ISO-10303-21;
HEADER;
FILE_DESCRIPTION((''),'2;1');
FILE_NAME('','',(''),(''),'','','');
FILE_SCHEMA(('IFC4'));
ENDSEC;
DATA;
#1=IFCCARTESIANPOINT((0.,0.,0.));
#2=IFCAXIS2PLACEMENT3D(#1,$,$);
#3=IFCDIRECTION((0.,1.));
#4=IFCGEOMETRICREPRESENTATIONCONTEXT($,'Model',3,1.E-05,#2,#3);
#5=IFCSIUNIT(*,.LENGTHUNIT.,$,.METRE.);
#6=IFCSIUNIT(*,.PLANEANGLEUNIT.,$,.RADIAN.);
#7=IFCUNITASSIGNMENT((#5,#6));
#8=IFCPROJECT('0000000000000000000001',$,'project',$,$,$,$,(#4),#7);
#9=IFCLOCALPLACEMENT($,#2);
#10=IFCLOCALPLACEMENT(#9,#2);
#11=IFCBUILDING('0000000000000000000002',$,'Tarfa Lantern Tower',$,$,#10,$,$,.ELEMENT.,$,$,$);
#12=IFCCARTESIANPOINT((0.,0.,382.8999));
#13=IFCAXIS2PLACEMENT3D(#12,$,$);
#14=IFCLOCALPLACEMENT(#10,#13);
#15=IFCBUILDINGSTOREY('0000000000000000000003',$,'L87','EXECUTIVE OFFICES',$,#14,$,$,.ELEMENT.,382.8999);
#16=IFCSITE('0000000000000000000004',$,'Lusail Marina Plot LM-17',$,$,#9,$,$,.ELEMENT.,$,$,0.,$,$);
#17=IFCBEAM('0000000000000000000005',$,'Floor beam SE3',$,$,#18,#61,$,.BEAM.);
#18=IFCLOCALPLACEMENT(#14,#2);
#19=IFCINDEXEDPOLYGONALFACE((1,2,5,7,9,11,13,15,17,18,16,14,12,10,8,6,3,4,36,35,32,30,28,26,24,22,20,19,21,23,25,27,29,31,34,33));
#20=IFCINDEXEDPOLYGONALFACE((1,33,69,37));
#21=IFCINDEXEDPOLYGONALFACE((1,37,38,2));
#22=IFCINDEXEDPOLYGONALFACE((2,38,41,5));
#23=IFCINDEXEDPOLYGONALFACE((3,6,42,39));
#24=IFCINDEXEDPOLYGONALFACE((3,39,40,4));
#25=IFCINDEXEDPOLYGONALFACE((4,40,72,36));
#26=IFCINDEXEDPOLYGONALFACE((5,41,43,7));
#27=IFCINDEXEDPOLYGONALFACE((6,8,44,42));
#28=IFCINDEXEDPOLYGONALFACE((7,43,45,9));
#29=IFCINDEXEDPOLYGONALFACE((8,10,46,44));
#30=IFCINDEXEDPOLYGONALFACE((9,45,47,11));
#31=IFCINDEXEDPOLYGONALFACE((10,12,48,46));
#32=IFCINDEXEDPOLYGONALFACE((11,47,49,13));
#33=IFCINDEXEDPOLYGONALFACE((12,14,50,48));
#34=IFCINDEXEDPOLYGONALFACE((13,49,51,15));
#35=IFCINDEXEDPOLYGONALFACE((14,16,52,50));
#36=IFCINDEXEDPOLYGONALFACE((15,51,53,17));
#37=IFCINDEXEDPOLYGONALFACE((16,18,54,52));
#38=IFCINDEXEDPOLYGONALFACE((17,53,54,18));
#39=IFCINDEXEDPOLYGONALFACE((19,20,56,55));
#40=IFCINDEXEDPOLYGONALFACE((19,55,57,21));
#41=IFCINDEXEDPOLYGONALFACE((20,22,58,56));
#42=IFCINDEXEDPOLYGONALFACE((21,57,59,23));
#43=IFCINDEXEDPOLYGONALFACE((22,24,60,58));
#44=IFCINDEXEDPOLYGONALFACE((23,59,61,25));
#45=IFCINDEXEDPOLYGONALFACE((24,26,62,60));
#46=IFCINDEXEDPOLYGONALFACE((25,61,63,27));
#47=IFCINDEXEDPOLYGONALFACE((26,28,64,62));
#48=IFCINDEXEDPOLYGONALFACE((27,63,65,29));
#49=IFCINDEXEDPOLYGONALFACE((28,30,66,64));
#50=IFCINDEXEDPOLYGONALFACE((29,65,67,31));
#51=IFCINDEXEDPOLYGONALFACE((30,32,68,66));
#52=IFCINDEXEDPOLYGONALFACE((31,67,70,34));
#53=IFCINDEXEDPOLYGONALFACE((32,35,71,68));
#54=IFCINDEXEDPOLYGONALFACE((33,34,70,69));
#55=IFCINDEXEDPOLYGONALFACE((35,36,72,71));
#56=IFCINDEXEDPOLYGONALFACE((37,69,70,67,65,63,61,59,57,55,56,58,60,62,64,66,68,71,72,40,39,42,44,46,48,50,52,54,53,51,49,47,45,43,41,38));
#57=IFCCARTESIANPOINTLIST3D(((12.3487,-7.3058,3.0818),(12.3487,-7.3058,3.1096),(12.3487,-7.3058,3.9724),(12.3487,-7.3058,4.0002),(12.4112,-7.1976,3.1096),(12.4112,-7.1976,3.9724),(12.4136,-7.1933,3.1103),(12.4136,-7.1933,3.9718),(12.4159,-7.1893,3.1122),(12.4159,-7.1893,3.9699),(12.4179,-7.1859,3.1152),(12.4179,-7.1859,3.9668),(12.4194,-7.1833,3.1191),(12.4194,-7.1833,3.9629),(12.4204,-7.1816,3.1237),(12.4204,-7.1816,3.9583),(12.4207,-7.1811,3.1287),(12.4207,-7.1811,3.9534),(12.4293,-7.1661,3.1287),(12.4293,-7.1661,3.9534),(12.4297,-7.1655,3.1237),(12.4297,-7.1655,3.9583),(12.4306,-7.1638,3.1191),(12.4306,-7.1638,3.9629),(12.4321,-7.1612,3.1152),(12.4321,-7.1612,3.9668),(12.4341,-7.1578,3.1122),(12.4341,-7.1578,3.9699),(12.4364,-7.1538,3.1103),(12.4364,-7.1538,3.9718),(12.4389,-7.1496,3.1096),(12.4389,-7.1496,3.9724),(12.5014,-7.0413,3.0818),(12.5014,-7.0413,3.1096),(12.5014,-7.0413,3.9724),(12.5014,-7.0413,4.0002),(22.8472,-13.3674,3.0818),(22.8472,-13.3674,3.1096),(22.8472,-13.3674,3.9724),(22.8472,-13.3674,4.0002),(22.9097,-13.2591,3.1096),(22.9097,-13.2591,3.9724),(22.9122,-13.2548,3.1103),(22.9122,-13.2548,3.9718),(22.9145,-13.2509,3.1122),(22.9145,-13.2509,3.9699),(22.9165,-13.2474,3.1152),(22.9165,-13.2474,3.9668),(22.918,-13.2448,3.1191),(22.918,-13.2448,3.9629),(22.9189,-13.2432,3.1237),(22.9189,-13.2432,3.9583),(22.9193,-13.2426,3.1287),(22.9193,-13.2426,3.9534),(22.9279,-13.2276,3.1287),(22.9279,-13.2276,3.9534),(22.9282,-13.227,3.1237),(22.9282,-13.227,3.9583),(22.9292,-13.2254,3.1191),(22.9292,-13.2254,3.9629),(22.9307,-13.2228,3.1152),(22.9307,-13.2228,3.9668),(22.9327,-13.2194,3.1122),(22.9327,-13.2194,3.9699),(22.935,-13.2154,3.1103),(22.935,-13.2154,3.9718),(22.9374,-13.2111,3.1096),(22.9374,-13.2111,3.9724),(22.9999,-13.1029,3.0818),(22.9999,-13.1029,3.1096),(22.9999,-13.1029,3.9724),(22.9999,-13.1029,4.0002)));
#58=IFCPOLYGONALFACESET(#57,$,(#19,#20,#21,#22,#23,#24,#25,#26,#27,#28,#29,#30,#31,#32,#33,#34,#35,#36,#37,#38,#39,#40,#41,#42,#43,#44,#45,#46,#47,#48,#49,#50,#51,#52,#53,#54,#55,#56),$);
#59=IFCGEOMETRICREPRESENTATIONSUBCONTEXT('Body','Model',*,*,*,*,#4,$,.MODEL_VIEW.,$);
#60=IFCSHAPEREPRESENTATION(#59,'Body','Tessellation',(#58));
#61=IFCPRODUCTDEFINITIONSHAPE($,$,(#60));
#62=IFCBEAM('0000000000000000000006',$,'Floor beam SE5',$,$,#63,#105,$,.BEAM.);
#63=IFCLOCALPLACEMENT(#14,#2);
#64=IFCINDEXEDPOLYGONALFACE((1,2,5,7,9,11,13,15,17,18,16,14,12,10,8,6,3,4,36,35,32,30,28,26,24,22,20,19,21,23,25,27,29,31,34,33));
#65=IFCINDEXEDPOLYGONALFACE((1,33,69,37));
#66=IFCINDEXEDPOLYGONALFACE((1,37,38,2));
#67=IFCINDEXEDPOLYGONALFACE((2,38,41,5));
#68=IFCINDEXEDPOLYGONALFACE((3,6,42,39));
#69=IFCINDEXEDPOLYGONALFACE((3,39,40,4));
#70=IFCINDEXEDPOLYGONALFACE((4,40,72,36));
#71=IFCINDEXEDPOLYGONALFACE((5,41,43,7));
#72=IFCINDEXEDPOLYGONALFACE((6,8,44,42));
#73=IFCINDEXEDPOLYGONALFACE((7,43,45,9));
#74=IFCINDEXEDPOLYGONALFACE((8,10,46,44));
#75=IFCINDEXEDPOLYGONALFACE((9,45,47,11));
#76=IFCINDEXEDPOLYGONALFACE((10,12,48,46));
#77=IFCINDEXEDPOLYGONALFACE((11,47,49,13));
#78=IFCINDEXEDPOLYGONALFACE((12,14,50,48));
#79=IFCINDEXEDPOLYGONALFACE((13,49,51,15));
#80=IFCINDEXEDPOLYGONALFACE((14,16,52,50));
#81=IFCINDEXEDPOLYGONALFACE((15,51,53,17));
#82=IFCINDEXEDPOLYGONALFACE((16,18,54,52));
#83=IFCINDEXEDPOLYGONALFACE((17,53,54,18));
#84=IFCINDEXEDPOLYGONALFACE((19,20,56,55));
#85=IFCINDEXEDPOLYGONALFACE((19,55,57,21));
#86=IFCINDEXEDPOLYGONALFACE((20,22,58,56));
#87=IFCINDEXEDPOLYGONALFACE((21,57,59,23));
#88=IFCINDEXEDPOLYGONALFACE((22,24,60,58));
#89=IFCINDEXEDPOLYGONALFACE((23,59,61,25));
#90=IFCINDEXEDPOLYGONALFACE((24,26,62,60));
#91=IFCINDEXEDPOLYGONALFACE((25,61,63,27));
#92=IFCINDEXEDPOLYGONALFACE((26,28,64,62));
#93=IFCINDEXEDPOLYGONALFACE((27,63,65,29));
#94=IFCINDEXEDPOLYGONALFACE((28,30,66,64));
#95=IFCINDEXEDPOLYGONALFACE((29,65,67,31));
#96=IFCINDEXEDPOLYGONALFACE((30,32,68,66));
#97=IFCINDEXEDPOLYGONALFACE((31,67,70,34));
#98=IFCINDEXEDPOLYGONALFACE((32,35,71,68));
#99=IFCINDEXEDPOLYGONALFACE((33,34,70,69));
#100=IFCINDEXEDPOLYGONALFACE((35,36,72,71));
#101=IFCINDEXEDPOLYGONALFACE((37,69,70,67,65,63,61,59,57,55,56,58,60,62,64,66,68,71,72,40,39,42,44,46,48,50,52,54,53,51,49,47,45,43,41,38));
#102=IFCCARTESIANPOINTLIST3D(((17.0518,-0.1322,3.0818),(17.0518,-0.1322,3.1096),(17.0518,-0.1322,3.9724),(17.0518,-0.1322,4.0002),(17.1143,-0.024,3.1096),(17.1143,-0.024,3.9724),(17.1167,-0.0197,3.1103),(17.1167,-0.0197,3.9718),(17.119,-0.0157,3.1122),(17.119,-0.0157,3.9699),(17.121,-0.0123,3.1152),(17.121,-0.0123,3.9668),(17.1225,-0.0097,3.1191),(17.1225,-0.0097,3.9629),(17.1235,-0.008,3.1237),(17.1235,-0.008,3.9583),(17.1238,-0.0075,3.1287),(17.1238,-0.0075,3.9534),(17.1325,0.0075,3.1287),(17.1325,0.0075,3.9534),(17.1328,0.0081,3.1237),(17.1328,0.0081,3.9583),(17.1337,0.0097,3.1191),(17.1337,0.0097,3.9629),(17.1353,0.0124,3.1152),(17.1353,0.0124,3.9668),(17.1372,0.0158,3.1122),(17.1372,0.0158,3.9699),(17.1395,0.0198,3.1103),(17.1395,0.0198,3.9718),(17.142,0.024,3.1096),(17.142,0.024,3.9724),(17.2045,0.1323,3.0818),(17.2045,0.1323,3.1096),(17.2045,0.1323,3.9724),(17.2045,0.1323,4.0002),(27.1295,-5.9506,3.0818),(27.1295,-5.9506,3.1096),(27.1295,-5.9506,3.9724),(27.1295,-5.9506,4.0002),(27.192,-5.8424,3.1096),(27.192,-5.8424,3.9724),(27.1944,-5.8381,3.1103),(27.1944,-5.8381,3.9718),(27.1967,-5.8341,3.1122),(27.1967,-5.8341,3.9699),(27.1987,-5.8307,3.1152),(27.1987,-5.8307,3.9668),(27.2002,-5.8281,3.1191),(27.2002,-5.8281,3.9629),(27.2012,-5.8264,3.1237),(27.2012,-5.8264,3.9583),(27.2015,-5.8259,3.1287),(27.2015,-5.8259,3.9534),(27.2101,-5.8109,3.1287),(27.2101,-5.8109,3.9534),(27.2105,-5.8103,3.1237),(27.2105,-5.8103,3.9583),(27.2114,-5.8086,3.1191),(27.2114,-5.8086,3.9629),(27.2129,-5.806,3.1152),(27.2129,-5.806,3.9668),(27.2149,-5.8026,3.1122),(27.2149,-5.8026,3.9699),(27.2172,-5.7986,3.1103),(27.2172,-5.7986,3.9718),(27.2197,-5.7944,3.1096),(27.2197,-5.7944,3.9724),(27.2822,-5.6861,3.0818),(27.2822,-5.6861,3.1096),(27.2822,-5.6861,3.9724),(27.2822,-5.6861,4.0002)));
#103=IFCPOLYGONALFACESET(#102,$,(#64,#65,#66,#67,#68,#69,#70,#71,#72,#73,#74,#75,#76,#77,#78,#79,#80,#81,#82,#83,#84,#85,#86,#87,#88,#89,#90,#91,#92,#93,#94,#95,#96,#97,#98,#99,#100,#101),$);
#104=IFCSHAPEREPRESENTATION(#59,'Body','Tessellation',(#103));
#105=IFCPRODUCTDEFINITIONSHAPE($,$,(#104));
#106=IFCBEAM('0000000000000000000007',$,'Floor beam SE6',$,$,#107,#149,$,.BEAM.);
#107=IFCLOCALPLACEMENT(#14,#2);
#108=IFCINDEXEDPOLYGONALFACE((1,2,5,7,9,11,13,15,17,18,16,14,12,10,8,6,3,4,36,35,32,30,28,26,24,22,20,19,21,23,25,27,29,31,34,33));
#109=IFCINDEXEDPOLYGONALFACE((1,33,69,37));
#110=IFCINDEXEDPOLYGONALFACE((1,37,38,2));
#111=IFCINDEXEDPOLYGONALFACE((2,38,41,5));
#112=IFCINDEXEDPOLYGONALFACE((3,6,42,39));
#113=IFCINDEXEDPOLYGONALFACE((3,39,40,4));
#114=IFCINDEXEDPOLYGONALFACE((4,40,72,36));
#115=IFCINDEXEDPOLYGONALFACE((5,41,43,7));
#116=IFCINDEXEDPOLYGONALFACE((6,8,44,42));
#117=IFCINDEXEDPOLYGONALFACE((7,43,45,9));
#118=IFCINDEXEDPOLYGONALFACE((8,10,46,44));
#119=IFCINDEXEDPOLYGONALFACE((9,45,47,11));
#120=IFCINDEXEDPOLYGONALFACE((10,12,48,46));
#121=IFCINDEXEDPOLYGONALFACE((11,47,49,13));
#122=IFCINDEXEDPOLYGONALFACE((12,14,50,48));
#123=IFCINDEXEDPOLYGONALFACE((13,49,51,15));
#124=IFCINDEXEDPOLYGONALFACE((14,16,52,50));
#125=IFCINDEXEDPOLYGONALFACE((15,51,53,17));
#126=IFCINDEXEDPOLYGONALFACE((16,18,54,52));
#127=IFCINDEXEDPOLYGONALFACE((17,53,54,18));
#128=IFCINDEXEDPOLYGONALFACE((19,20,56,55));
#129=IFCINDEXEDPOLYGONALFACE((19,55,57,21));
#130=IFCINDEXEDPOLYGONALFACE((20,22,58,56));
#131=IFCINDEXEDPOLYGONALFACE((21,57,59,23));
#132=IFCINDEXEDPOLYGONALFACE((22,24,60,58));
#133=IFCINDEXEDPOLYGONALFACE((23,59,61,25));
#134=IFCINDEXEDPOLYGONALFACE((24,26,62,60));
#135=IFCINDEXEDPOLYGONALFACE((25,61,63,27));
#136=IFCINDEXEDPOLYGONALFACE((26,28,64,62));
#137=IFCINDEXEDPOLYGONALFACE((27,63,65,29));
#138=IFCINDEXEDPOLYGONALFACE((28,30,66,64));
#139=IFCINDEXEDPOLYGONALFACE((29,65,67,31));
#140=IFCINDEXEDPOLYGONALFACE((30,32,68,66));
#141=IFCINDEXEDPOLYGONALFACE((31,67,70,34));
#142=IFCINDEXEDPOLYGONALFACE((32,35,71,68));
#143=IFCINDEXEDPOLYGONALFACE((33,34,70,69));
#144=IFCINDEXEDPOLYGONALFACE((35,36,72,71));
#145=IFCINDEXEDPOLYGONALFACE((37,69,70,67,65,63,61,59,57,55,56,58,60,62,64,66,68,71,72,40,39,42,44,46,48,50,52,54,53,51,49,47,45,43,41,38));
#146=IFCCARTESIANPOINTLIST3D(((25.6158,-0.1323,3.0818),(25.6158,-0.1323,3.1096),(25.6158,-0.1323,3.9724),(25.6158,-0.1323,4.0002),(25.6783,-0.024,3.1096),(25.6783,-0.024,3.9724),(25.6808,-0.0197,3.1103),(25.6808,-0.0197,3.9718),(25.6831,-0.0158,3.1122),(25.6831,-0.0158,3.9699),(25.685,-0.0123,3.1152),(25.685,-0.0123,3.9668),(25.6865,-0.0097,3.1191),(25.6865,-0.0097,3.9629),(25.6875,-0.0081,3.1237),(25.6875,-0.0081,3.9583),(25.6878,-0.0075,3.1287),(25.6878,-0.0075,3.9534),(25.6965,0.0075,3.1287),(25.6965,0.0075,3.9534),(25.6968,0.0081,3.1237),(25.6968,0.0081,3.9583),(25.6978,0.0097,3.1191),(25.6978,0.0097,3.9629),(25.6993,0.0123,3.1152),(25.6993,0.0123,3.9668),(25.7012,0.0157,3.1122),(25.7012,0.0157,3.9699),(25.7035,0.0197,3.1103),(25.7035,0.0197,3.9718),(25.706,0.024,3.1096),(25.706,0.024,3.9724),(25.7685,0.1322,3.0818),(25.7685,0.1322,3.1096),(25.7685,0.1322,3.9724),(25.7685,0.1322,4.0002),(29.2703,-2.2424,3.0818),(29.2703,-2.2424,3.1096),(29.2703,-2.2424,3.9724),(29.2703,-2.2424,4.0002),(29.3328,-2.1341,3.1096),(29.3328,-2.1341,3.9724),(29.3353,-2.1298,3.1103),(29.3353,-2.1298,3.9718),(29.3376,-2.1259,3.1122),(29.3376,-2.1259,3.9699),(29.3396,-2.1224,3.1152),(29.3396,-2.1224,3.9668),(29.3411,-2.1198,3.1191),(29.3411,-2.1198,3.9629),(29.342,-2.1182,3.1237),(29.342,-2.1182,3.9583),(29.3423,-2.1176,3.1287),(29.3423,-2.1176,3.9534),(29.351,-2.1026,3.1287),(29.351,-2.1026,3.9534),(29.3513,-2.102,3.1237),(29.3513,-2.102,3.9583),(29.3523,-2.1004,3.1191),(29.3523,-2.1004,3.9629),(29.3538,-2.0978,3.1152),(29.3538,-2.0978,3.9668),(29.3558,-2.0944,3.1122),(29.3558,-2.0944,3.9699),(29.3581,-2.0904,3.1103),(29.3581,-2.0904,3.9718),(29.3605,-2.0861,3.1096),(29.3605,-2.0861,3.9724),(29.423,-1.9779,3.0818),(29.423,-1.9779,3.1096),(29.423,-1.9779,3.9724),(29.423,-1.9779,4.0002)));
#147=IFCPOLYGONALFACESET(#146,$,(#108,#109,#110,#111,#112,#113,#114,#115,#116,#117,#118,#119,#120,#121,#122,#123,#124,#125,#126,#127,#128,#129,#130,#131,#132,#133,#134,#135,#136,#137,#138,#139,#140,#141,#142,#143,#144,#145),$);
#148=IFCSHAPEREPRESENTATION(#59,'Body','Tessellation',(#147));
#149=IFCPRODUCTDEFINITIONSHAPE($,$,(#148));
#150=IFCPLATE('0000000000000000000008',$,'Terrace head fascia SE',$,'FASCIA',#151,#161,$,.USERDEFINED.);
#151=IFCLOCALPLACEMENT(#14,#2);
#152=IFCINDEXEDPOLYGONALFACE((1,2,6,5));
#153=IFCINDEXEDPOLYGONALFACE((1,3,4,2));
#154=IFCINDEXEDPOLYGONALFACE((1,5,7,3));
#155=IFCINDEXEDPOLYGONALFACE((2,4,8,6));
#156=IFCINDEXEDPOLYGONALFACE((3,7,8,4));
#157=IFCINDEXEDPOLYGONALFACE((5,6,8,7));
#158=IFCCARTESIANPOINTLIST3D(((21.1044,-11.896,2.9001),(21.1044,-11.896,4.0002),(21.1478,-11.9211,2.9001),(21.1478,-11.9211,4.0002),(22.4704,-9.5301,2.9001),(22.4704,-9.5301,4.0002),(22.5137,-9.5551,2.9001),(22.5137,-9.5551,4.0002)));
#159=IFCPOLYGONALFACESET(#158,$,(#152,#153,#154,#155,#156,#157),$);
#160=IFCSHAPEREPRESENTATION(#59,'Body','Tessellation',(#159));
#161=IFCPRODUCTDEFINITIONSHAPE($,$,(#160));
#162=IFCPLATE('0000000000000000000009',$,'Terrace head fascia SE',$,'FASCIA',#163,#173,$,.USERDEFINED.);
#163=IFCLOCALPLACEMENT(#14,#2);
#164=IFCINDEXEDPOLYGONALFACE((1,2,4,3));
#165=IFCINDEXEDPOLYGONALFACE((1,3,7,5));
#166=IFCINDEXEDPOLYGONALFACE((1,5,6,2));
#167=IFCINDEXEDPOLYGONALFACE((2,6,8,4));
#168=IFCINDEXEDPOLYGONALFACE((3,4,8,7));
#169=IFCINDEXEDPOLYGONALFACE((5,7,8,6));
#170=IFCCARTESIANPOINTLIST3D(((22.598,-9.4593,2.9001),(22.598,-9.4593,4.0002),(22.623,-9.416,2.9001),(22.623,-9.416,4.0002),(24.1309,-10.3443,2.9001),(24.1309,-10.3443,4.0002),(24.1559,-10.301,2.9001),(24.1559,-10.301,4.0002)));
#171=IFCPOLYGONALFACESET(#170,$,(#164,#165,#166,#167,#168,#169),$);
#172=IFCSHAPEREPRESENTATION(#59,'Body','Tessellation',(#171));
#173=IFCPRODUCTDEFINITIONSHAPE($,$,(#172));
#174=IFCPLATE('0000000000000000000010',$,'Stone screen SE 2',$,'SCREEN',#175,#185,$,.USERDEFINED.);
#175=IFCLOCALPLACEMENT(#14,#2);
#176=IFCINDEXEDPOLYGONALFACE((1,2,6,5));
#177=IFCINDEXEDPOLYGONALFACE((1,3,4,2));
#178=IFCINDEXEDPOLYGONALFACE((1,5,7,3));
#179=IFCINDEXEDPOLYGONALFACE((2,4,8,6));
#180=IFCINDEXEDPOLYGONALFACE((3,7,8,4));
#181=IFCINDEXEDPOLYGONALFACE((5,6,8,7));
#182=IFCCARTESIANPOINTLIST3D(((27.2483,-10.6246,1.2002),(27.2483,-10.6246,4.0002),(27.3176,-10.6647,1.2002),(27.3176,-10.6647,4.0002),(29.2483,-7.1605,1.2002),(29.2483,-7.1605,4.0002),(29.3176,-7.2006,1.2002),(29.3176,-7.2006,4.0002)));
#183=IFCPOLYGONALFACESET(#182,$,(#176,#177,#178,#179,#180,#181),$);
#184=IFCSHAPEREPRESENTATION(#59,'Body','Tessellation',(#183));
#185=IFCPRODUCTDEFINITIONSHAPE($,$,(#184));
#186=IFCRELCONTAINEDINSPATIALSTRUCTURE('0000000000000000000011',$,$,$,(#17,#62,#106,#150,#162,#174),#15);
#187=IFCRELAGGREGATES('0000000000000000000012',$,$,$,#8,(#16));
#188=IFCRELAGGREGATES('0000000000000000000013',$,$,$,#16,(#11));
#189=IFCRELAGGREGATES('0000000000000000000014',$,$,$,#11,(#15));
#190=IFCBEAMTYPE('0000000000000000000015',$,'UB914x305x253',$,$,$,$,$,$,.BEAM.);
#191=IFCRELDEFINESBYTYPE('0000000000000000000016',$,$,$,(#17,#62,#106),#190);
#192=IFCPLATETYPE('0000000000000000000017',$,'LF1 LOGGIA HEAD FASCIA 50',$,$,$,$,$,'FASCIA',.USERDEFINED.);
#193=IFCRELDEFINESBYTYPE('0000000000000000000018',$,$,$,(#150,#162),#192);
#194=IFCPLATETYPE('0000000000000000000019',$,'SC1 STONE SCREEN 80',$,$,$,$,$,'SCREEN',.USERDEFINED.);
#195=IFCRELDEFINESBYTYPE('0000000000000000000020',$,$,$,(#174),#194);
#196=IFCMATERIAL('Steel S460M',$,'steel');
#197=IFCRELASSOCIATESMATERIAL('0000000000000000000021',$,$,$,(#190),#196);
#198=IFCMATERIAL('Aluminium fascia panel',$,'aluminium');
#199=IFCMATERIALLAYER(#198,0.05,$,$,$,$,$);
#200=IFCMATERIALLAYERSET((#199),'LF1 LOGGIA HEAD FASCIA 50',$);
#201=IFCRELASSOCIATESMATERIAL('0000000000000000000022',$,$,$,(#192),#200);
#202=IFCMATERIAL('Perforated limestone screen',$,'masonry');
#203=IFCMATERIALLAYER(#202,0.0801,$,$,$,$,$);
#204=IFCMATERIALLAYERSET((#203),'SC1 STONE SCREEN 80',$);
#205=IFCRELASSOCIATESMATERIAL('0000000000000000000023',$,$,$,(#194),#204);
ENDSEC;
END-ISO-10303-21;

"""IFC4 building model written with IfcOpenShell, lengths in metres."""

from ifc_helpers import new_model, si_unit, direction, frame, origin, origin_2d, place, context, subcontext, project, spatial, rectangle, i_section, extrude, material, layer, layer_set, material_profile, profile_set, type_object, element, save


model = new_model("IFC4")

# Units and contexts
model_context = context("Model", 3, precision=1e-05, world=origin(), true_north=direction((0.0, 1.0)))
body_context = subcontext(model_context, "Body", "Model", "MODEL_VIEW")
ifc_project = project(units=[si_unit("LENGTHUNIT", "METRE"), si_unit("PLANEANGLEUNIT", "RADIAN")], contexts=[model_context])

# Site, building, storey
site_placement = place(None, origin())
site = spatial("IfcSite", under=ifc_project, at=site_placement, Name="Lusail Marina Plot LM-17", CompositionType="ELEMENT", RefElevation=0.0)
building_placement = place(site_placement, origin())
building = spatial("IfcBuilding", under=site, at=building_placement, Name="Tarfa Lantern Tower", CompositionType="ELEMENT")
storey_placement = place(building_placement, frame((0.0, 0.0, 382.8999)))
storey = spatial("IfcBuildingStorey", under=building, at=storey_placement, Name="L87", Description="EXECUTIVE OFFICES", CompositionType="ELEMENT", Elevation=382.8999)

# Beams
ifc_material_1 = material(Name="Steel S460M", Category="steel")
ifc_material_profile_1 = material_profile(ifc_material_1, i_section(OverallWidth=0.3054, OverallDepth=0.9185, WebThickness=0.0173, FlangeThickness=0.0278, FilletRadius=0.019, at=origin_2d()), Name="UB914x305x253")
ifc_profile_set_1 = profile_set([ifc_material_profile_1], Name="Steel S460M")
beam_type_1 = type_object("IfcBeamType", Name="UB914x305x253", PredefinedType="BEAM", material=ifc_profile_set_1)
beam_1_placement = place(storey_placement, frame((22.9236, -13.2351, 3.541), z_axis=(-0.866019, 0.500012, 0.0), x_axis=(-0.500012, -0.866019, 0.0)))
element("IfcBeam", 1, at=beam_1_placement, inside=storey, type_object=beam_type_1, Name="Floor beam SE3", PredefinedType="BEAM", context=body_context, shape_type="SweptSolid", body=[
    extrude(i_section(OverallWidth=0.3054, OverallDepth=0.9185, WebThickness=0.0173, FlangeThickness=0.0278, FilletRadius=0.019, at=origin_2d()), origin(), (0.0, 0.0, 1.0), 12.1228),
])
beam_2_placement = place(storey_placement, frame((27.2058, -5.8184, 3.541), z_axis=(-0.866024, 0.500002, 0.0), x_axis=(-0.500002, -0.866024, 0.0)))
element("IfcBeam", 2, at=beam_2_placement, inside=storey, type_object=beam_type_1, Name="Floor beam SE5", PredefinedType="BEAM", context=body_context, shape_type="SweptSolid", body=[
    extrude(i_section(OverallWidth=0.3054, OverallDepth=0.9185, WebThickness=0.0173, FlangeThickness=0.0278, FilletRadius=0.019, at=origin_2d()), origin(), (0.0, 0.0, 1.0), 11.6367),
])
beam_3_placement = place(storey_placement, frame((29.3467, -2.1101, 3.541), z_axis=(-0.866009, 0.500028, 0.0), x_axis=(-0.500028, -0.866009, 0.0)))
element("IfcBeam", 3, at=beam_3_placement, inside=storey, type_object=beam_type_1, Name="Floor beam SE6", PredefinedType="BEAM", context=body_context, shape_type="SweptSolid", body=[
    extrude(i_section(OverallWidth=0.3054, OverallDepth=0.9185, WebThickness=0.0173, FlangeThickness=0.0278, FilletRadius=0.019, at=origin_2d()), origin(), (0.0, 0.0, 1.0), 4.22),
])

# Plates
ifc_material_2 = material(Name="Aluminium fascia panel", Category="aluminium")
ifc_layer_1 = layer(ifc_material_2, 0.05)
ifc_layer_set_1 = layer_set([ifc_layer_1], Name="LF1 LOGGIA HEAD FASCIA 50")
plate_type_1 = type_object("IfcPlateType", Name="LF1 LOGGIA HEAD FASCIA 50", ElementType="FASCIA", PredefinedType="USERDEFINED", material=ifc_layer_set_1)
plate_1_placement = place(storey_placement, frame((21.8091, -10.7256, 2.9001), z_axis=(0.0, 0.0, 1.0), x_axis=(0.5, 0.866025, 0.0)))
element("IfcPlate", 4, at=plate_1_placement, inside=storey, type_object=plate_type_1, Name="Terrace head fascia SE", ObjectType="FASCIA", PredefinedType="USERDEFINED", context=body_context, shape_type="SweptSolid", body=[
    extrude(rectangle(XDim=2.7319, YDim=0.05, at=origin_2d()), origin(), (0.0, 0.0, 1.0), 1.1001),
])
plate_2_placement = place(storey_placement, frame((23.377, -9.8801, 2.9001), z_axis=(0.0, 0.0, 1.0), x_axis=(-0.866025, 0.5, 0.0)))
element("IfcPlate", 5, at=plate_2_placement, inside=storey, type_object=plate_type_1, Name="Terrace head fascia SE", ObjectType="FASCIA", PredefinedType="USERDEFINED", context=body_context, shape_type="SweptSolid", body=[
    extrude(rectangle(XDim=1.77, YDim=0.05, at=origin_2d()), origin(), (0.0, 0.0, 1.0), 1.1001),
])
ifc_material_3 = material(Name="Perforated limestone screen", Category="masonry")
ifc_layer_2 = layer(ifc_material_3, 0.0801)
ifc_layer_set_2 = layer_set([ifc_layer_2], Name="SC1 STONE SCREEN 80")
plate_type_2 = type_object("IfcPlateType", Name="SC1 STONE SCREEN 80", ElementType="SCREEN", PredefinedType="USERDEFINED", material=ifc_layer_set_2)
plate_3_placement = place(storey_placement, frame((28.283, -8.9126, 1.2002), z_axis=(0.0, 0.0, 1.0), x_axis=(0.5, 0.866025, 0.0)))
element("IfcPlate", 6, at=plate_3_placement, inside=storey, type_object=plate_type_2, Name="Stone screen SE 2", ObjectType="SCREEN", PredefinedType="USERDEFINED", context=body_context, shape_type="SweptSolid", body=[
    extrude(rectangle(XDim=4.0, YDim=0.0801, at=origin_2d()), origin(), (0.0, 0.0, 1.0), 2.8),
])

save(model, "model.ifc")
